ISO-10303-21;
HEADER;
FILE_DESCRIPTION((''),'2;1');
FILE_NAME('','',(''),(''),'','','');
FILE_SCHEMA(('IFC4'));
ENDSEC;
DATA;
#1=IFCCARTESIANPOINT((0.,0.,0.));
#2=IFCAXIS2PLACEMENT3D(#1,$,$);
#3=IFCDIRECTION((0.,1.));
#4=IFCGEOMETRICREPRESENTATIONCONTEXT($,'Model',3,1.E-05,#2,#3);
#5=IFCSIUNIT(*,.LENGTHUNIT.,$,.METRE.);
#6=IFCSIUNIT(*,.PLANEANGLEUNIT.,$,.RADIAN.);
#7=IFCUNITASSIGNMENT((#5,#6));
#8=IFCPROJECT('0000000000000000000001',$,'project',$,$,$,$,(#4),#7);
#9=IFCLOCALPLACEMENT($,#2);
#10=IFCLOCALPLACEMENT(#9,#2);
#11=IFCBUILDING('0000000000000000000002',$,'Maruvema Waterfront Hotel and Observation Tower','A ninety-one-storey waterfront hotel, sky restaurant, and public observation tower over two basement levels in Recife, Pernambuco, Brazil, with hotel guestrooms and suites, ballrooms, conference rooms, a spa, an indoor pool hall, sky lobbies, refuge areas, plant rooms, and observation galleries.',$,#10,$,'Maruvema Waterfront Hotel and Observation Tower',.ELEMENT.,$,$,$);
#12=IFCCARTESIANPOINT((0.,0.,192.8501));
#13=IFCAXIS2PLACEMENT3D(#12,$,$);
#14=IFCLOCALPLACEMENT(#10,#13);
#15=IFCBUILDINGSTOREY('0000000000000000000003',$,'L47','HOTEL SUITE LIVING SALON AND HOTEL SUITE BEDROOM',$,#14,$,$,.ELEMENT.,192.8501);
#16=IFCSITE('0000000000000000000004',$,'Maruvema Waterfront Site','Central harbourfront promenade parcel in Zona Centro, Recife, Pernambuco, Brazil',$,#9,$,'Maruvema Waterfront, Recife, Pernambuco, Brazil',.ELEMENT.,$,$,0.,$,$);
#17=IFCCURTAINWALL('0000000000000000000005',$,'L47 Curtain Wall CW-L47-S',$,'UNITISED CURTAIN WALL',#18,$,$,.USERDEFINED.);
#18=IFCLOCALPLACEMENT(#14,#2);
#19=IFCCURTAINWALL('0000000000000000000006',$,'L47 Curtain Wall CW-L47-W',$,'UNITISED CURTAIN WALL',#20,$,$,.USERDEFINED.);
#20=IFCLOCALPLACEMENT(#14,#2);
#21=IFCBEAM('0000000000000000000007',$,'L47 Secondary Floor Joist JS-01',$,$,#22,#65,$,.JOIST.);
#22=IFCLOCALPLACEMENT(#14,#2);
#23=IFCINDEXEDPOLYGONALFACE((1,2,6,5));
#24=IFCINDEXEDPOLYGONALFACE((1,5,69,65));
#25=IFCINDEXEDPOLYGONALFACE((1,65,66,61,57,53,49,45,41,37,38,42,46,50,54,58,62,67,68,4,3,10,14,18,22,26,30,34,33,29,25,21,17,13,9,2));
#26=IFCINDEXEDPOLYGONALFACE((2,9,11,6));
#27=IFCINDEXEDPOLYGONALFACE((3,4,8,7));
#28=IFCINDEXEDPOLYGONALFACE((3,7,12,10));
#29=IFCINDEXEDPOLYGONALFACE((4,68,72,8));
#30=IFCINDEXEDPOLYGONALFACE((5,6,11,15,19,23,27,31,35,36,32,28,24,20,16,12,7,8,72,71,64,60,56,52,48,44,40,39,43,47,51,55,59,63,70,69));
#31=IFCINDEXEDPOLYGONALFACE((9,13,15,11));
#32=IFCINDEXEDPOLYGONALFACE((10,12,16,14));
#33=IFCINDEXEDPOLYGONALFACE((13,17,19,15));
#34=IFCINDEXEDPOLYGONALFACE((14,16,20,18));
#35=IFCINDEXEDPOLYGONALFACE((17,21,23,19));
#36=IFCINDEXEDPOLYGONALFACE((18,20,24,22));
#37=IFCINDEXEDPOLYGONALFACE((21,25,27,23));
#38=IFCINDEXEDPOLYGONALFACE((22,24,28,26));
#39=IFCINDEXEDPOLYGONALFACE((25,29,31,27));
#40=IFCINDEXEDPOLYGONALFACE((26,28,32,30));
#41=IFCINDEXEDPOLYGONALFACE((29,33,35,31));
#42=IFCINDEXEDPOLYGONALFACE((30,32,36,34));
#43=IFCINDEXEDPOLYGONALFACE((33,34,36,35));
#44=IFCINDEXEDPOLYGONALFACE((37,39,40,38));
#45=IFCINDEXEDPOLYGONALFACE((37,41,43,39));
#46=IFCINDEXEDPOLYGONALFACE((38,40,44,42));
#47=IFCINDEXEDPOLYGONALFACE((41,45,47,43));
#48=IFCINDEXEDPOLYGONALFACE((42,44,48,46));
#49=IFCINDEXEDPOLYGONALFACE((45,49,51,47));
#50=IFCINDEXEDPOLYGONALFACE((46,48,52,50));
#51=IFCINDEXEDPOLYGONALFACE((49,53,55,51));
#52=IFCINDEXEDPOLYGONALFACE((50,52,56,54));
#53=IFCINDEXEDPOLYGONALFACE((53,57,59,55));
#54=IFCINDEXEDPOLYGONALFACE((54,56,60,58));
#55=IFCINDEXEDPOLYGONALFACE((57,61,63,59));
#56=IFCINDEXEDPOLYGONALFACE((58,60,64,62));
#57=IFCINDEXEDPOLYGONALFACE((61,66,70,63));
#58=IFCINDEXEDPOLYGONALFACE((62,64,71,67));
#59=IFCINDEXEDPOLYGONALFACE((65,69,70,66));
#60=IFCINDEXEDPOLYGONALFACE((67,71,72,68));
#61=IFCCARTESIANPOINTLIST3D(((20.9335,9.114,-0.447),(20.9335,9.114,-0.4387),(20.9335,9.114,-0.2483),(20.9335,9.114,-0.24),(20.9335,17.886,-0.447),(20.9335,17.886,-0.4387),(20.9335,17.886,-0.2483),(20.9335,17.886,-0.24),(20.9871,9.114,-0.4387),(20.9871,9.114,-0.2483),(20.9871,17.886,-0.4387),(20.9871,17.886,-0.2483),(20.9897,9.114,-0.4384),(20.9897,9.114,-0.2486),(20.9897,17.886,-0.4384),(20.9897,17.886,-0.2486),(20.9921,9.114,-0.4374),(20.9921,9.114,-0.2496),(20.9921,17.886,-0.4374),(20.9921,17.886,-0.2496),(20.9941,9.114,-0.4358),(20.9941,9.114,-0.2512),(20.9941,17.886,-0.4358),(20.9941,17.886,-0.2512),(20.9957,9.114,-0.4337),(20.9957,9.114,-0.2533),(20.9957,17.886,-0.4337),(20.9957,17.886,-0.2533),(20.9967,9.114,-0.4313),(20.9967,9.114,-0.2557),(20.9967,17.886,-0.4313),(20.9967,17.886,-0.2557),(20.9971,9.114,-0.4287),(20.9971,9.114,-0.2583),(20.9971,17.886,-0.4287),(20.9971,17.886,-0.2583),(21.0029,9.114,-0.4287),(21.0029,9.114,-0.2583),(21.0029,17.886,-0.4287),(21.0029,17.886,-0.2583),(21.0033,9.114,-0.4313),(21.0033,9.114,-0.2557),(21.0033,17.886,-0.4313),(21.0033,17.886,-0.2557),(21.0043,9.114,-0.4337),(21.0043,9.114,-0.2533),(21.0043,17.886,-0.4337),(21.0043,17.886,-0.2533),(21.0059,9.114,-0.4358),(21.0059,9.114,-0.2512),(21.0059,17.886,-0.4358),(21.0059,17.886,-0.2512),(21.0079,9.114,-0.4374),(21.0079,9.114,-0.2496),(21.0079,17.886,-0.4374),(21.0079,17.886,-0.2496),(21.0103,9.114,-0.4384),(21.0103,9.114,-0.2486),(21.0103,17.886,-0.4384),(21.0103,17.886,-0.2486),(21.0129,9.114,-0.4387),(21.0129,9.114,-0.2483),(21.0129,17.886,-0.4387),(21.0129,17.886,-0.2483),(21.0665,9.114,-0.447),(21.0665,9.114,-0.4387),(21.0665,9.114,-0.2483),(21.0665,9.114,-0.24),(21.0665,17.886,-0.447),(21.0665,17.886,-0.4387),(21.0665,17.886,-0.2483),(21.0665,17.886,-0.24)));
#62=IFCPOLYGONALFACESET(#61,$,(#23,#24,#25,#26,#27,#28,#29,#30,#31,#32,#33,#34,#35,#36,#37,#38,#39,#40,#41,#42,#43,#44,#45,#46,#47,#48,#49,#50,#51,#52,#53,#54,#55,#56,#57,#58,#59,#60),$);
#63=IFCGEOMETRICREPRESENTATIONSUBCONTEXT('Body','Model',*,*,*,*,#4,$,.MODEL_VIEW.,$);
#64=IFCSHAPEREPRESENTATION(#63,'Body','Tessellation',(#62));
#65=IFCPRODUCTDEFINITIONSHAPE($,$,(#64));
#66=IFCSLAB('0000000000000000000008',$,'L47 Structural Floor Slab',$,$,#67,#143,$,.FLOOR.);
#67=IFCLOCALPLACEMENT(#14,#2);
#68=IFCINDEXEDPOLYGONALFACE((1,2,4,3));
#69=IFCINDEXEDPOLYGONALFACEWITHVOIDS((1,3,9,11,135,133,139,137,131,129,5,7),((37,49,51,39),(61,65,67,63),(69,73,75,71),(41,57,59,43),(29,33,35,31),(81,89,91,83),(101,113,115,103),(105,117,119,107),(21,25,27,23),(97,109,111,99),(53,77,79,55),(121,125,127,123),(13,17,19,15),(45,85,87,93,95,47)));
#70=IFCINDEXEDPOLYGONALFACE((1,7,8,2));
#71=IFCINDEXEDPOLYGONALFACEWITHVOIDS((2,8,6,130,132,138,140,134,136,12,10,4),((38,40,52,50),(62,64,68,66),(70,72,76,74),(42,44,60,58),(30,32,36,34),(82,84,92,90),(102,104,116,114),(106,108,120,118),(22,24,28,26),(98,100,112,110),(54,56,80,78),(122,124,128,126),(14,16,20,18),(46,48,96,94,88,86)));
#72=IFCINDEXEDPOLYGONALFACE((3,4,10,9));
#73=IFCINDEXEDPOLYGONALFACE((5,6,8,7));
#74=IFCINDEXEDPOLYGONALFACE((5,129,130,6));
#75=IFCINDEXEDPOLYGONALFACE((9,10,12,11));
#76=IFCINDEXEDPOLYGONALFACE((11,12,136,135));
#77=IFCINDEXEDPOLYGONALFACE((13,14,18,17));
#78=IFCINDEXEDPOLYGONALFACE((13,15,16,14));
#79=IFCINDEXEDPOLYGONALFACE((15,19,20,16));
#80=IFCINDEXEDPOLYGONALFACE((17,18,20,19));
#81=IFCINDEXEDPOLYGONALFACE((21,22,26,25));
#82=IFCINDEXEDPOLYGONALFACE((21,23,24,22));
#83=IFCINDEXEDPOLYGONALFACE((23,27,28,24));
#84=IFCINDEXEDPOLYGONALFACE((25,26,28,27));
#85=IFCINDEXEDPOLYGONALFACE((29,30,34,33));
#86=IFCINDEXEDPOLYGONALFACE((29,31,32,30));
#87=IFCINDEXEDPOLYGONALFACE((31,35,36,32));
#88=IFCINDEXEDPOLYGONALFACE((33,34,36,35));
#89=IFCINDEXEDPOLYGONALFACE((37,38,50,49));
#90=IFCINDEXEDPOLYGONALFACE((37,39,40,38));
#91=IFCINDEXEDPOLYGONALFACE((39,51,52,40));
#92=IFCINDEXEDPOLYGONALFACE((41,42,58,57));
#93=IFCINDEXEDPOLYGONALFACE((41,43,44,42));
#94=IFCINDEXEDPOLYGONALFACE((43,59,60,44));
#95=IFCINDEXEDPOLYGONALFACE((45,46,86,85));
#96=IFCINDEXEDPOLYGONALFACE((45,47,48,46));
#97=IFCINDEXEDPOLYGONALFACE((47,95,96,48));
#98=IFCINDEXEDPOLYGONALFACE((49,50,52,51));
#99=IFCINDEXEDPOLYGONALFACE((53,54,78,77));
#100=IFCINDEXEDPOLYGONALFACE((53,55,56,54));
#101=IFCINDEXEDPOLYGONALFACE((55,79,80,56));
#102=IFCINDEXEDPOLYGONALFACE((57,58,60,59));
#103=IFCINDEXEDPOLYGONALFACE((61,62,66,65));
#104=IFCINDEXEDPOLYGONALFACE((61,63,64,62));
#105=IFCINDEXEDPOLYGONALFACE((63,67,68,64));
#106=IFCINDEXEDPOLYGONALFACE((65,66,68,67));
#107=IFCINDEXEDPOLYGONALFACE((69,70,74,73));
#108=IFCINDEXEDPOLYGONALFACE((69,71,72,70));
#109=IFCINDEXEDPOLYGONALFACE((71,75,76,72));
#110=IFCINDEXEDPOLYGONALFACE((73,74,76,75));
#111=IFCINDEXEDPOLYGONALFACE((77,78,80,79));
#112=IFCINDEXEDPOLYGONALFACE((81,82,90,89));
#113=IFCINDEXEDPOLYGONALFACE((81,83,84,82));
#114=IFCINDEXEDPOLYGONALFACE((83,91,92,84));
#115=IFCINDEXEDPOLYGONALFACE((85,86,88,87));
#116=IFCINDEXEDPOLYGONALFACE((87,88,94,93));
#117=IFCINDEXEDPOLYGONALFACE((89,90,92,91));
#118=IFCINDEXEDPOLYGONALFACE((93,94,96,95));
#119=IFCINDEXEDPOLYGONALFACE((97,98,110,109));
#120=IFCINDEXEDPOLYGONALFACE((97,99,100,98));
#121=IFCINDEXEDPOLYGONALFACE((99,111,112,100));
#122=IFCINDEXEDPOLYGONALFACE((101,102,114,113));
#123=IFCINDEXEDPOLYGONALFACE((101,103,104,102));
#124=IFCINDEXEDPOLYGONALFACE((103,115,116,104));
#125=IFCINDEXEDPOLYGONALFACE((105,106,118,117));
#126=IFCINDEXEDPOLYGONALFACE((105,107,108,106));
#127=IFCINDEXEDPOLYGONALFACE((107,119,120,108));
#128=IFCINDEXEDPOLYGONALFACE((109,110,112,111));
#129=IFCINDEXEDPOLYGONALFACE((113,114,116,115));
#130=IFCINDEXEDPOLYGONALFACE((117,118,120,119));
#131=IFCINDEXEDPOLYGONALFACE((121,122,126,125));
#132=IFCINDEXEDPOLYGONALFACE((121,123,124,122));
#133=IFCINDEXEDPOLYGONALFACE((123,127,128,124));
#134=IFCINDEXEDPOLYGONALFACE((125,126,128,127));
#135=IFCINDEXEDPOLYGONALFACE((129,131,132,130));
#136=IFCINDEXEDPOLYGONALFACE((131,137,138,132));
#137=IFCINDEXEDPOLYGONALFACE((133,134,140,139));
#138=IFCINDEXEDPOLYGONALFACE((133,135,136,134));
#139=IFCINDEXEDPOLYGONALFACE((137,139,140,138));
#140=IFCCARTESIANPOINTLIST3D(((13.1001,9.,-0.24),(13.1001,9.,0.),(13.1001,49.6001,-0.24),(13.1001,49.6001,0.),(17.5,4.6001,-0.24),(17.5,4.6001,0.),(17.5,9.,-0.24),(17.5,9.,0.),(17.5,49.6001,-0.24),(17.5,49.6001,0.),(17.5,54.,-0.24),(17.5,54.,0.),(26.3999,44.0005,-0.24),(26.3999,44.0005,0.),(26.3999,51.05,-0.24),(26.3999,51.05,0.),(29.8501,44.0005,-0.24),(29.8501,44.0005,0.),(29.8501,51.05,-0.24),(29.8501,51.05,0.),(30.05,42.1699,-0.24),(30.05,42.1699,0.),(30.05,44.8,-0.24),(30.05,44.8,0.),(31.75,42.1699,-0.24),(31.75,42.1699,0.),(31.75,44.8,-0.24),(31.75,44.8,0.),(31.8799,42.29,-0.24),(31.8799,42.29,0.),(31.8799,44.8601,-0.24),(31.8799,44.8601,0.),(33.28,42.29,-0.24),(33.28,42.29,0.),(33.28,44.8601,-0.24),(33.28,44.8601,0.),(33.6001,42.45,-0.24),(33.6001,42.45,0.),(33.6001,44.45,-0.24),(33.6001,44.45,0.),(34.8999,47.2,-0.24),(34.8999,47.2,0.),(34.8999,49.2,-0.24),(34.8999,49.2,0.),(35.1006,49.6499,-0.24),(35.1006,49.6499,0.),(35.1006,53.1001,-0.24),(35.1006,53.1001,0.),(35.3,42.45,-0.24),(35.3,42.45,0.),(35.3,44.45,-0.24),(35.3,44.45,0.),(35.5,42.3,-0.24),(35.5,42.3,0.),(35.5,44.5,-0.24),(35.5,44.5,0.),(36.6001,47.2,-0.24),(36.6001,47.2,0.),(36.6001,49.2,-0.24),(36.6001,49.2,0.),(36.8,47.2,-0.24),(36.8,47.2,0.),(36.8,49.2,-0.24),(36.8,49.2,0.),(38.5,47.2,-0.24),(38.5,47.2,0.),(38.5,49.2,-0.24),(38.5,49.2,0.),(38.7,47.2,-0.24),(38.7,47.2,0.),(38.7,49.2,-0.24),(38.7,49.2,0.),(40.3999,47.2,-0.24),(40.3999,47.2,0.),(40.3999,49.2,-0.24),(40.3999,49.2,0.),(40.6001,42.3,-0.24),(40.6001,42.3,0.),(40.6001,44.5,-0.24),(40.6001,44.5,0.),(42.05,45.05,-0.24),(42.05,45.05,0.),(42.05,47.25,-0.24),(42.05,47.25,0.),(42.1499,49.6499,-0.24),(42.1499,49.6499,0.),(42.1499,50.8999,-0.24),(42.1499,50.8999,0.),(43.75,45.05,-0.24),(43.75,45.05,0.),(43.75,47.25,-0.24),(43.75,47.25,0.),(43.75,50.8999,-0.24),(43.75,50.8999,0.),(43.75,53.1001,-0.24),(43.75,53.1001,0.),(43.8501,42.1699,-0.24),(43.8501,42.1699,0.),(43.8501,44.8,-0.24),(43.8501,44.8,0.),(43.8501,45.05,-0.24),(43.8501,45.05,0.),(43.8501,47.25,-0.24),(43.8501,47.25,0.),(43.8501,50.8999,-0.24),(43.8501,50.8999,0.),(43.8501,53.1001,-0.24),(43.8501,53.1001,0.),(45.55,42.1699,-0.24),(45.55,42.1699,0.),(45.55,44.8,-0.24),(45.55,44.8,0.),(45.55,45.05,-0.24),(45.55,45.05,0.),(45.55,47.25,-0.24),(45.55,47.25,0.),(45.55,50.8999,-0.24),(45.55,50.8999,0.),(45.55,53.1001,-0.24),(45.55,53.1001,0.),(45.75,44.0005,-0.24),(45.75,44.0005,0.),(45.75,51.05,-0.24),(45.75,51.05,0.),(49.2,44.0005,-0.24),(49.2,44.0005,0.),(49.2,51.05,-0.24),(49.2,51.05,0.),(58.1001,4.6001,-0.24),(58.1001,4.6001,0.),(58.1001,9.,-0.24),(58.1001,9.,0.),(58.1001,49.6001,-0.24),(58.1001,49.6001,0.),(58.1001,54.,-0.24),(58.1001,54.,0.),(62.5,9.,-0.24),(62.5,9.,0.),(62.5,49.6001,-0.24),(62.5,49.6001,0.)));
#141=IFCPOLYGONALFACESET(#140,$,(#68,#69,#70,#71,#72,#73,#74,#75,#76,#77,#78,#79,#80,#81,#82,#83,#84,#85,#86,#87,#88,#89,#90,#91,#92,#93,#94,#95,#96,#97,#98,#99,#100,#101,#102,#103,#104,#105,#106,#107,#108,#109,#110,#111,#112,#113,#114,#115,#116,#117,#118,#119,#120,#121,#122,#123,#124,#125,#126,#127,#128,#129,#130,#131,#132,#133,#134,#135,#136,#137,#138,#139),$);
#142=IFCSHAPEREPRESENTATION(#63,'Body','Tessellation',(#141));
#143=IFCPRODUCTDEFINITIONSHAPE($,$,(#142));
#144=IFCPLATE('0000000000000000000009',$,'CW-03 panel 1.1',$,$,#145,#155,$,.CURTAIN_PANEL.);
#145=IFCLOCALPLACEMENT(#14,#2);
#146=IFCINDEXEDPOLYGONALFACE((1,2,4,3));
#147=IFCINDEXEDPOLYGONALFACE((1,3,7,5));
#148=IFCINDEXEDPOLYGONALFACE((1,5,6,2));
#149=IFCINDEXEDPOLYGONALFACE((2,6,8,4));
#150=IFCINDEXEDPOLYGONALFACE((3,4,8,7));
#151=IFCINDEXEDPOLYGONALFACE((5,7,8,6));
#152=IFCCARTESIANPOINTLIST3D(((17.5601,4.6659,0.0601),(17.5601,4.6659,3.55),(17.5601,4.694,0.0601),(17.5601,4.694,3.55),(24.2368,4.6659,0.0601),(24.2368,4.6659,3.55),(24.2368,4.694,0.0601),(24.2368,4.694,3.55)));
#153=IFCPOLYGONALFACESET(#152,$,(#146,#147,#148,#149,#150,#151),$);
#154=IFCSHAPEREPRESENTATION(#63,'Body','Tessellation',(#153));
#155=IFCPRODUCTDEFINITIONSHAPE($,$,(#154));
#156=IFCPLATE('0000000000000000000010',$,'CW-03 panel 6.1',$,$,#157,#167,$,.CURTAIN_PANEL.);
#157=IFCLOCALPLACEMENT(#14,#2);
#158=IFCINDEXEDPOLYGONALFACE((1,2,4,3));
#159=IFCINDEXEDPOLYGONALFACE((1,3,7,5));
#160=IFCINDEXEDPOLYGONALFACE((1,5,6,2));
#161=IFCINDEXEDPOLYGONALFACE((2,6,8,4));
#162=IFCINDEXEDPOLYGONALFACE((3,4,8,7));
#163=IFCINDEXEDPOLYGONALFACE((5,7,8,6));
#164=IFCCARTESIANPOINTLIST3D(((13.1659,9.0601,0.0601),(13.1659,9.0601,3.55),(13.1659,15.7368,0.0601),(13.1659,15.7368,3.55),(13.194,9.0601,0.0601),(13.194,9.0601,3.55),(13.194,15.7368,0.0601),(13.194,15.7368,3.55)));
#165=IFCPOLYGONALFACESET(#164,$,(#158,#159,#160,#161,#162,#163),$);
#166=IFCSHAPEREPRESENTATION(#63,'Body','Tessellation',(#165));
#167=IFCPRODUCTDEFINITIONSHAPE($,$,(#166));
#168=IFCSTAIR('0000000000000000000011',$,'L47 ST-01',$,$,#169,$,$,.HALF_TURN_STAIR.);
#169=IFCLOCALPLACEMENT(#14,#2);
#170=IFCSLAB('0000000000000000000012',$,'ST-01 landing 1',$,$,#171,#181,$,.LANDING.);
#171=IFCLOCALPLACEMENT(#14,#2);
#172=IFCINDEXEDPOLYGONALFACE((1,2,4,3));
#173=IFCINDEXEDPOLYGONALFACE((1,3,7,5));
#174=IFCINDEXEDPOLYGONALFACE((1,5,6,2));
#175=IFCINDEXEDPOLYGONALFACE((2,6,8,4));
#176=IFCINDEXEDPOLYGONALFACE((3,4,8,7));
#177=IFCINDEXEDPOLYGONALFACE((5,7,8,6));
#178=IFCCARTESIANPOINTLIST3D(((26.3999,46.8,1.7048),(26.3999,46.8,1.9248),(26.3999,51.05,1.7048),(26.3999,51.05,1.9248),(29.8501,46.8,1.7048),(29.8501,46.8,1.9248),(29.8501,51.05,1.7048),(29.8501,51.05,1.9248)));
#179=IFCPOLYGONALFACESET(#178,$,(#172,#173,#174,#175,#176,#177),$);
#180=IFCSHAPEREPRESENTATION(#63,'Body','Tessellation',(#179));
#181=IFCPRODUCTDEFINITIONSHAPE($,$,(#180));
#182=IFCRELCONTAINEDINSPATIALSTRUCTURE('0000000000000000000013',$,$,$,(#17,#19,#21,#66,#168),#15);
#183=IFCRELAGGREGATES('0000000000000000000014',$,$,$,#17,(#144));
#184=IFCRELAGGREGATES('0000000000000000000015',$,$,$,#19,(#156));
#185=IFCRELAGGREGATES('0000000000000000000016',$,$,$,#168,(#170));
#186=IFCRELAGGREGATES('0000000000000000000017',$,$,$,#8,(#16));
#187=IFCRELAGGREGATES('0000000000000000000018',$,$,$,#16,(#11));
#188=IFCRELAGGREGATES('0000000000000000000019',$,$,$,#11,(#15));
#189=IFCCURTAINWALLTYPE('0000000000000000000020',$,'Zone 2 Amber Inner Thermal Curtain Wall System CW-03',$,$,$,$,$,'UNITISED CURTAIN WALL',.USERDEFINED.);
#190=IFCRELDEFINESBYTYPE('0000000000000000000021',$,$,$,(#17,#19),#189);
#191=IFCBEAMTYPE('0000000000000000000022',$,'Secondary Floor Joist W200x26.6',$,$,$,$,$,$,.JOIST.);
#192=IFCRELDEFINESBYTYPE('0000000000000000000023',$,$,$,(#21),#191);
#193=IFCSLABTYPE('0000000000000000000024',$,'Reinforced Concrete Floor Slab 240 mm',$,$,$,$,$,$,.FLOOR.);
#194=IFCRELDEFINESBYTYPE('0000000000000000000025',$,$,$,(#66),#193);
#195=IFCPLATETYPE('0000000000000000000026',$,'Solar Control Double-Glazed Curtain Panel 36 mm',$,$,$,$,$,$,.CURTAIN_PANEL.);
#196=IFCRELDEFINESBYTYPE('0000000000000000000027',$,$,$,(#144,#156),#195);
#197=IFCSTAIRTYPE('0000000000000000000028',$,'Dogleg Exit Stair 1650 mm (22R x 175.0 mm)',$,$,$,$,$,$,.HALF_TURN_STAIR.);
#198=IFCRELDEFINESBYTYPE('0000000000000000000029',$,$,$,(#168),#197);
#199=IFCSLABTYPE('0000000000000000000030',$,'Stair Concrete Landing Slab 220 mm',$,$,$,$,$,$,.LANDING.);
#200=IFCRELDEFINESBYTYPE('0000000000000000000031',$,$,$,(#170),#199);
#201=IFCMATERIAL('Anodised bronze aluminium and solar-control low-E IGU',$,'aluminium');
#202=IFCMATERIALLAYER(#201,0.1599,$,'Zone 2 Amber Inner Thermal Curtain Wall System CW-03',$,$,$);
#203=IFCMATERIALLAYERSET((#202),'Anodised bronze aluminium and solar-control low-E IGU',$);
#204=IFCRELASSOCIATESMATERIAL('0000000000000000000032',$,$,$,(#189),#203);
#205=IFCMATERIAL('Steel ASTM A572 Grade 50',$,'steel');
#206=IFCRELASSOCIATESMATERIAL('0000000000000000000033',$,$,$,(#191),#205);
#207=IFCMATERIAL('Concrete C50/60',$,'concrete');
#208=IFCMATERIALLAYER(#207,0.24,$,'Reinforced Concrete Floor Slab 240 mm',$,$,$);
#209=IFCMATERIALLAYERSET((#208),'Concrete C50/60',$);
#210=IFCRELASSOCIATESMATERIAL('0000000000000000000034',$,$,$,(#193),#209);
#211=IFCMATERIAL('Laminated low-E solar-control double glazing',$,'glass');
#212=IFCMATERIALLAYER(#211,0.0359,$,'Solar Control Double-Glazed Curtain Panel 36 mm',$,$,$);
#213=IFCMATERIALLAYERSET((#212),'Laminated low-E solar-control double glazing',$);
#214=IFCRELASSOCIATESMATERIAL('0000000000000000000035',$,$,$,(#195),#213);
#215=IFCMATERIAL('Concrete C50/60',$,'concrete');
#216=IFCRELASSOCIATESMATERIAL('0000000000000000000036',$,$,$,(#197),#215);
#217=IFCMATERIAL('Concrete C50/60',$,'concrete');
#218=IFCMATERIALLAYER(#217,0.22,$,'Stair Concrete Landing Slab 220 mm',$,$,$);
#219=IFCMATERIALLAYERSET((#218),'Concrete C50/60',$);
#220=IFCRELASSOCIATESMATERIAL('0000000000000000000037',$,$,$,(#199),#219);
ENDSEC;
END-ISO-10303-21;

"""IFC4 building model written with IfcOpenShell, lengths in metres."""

from ifc_helpers import new_model, si_unit, direction, frame, origin, origin_2d, place, context, subcontext, project, spatial, polyline, rectangle, i_section, outline, extrude, material, layer, layer_set, material_profile, profile_set, type_object, element, aggregate, save


model = new_model("IFC4")

# Units and contexts
model_context = context("Model", 3, precision=1e-05, world=origin(), true_north=direction((0.0, 1.0)))
body_context = subcontext(model_context, "Body", "Model", "MODEL_VIEW")
ifc_project = project(units=[si_unit("LENGTHUNIT", "METRE"), si_unit("PLANEANGLEUNIT", "RADIAN")], contexts=[model_context])

# Site, building, storey
site_placement = place(None, origin())
site = spatial("IfcSite", under=ifc_project, at=site_placement, Name="Maruvema Waterfront Site", Description="Central harbourfront promenade parcel in Zona Centro, Recife, Pernambuco, Brazil", LongName="Maruvema Waterfront, Recife, Pernambuco, Brazil", CompositionType="ELEMENT", RefElevation=0.0)
building_placement = place(site_placement, origin())
building = spatial("IfcBuilding", under=site, at=building_placement, Name="Maruvema Waterfront Hotel and Observation Tower", Description="A ninety-one-storey waterfront hotel, sky restaurant, and public observation tower over two basement levels in Recife, Pernambuco, Brazil, with hotel guestrooms and suites, ballrooms, conference rooms, a spa, an indoor pool hall, sky lobbies, refuge areas, plant rooms, and observation galleries.", LongName="Maruvema Waterfront Hotel and Observation Tower", CompositionType="ELEMENT")
storey_placement = place(building_placement, frame((0.0, 0.0, 192.8501)))
storey = spatial("IfcBuildingStorey", under=building, at=storey_placement, Name="L47", Description="HOTEL SUITE LIVING SALON AND HOTEL SUITE BEDROOM", CompositionType="ELEMENT", Elevation=192.8501)

# Curtain walls
ifc_material_1 = material(Name="Anodised bronze aluminium and solar-control low-E IGU", Category="aluminium")
ifc_layer_1 = layer(ifc_material_1, 0.1599, Name="Zone 2 Amber Inner Thermal Curtain Wall System CW-03")
ifc_layer_set_1 = layer_set([ifc_layer_1], Name="Anodised bronze aluminium and solar-control low-E IGU")
curtain_wall_type = type_object("IfcCurtainWallType", Name="Zone 2 Amber Inner Thermal Curtain Wall System CW-03", ElementType="UNITISED CURTAIN WALL", PredefinedType="USERDEFINED", material=ifc_layer_set_1)
curtain_wall_1_placement = place(storey_placement, origin())
curtain_wall_1 = element("IfcCurtainWall", 1, at=curtain_wall_1_placement, inside=storey, type_object=curtain_wall_type, Name="L47 Curtain Wall CW-L47-S", ObjectType="UNITISED CURTAIN WALL", PredefinedType="USERDEFINED")
curtain_wall_2_placement = place(storey_placement, origin())
curtain_wall_2 = element("IfcCurtainWall", 2, at=curtain_wall_2_placement, inside=storey, type_object=curtain_wall_type, Name="L47 Curtain Wall CW-L47-W", ObjectType="UNITISED CURTAIN WALL", PredefinedType="USERDEFINED")

# Beam
ifc_material_2 = material(Name="Steel ASTM A572 Grade 50", Category="steel")
ifc_material_profile_1 = material_profile(ifc_material_2, i_section(OverallWidth=0.1331, OverallDepth=0.207, WebThickness=0.0059, FlangeThickness=0.0083, FilletRadius=0.01, at=origin_2d()), Name="W200x26.6")
ifc_profile_set_1 = profile_set([ifc_material_profile_1], Name="Steel ASTM A572 Grade 50")
beam_type_1 = type_object("IfcBeamType", Name="Secondary Floor Joist W200x26.6", PredefinedType="JOIST", material=ifc_profile_set_1)
beam_1_placement = place(storey_placement, frame((21.0, 9.114, -0.3435), z_axis=(0.0, 1.0, 0.0), x_axis=(-1.0, 0.0, 0.0)))
element("IfcBeam", 3, at=beam_1_placement, inside=storey, type_object=beam_type_1, Name="L47 Secondary Floor Joist JS-01", PredefinedType="JOIST", context=body_context, shape_type="SweptSolid", body=[
    extrude(i_section(OverallWidth=0.1331, OverallDepth=0.207, WebThickness=0.0059, FlangeThickness=0.0083, FilletRadius=0.01, at=origin_2d()), origin(), (0.0, 0.0, 1.0), 8.772),
])

# Slab
ifc_material_3 = material(Name="Concrete C50/60", Category="concrete")
ifc_layer_2 = layer(ifc_material_3, 0.24, Name="Reinforced Concrete Floor Slab 240 mm")
ifc_layer_set_2 = layer_set([ifc_layer_2], Name="Concrete C50/60")
slab_type_1 = type_object("IfcSlabType", Name="Reinforced Concrete Floor Slab 240 mm", PredefinedType="FLOOR", material=ifc_layer_set_2)
slab_1_placement = place(storey_placement, frame((0.0, 0.0, -0.24)))
element("IfcSlab", 4, at=slab_1_placement, inside=storey, type_object=slab_type_1, Name="L47 Structural Floor Slab", PredefinedType="FLOOR", context=body_context, shape_type="SweptSolid", body=[
    extrude(outline(polyline([(17.5, 4.6001), (58.1001, 4.6001), (58.1001, 9.0), (62.5, 9.0), (62.5, 49.6001), (58.1001, 49.6001), (58.1001, 54.0), (17.5, 54.0), (17.5, 49.6001), (13.1001, 49.6001), (13.1001, 9.0), (17.5, 9.0), (17.5, 4.6001)]), holes=[polyline([(26.3999, 44.0005), (26.3999, 51.05), (29.8501, 51.05), (29.8501, 44.0005), (26.3999, 44.0005)]), polyline([(30.05, 44.8), (31.75, 44.8), (31.75, 42.1699), (30.05, 42.1699), (30.05, 44.8)]), polyline([(31.8799, 44.8601), (33.28, 44.8601), (33.28, 42.29), (31.8799, 42.29), (31.8799, 44.8601)]), polyline([(33.6001, 44.45), (35.3, 44.45), (35.3, 42.45), (33.6001, 42.45), (33.6001, 44.45)]), polyline([(34.8999, 49.2), (36.6001, 49.2), (36.6001, 47.2), (34.8999, 47.2), (34.8999, 49.2)]), polyline([(36.8, 49.2), (38.5, 49.2), (38.5, 47.2), (36.8, 47.2), (36.8, 49.2)]), polyline([(35.5, 42.3), (35.5, 44.5), (40.6001, 44.5), (40.6001, 42.3), (35.5, 42.3)]), polyline([(35.1006, 53.1001), (43.75, 53.1001), (43.75, 50.8999), (42.1499, 50.8999), (42.1499, 49.6499), (35.1006, 49.6499), (35.1006, 53.1001)]), polyline([(38.7, 49.2), (40.3999, 49.2), (40.3999, 47.2), (38.7, 47.2), (38.7, 49.2)]), polyline([(42.05, 47.25), (43.75, 47.25), (43.75, 45.05), (42.05, 45.05), (42.05, 47.25)]), polyline([(43.8501, 44.8), (45.55, 44.8), (45.55, 42.1699), (43.8501, 42.1699), (43.8501, 44.8)]), polyline([(43.8501, 47.25), (45.55, 47.25), (45.55, 45.05), (43.8501, 45.05), (43.8501, 47.25)]), polyline([(45.55, 53.1001), (45.55, 50.8999), (43.8501, 50.8999), (43.8501, 53.1001), (45.55, 53.1001)]), polyline([(45.75, 44.0005), (45.75, 51.05), (49.2, 51.05), (49.2, 44.0005), (45.75, 44.0005)])]), origin(), (0.0, 0.0, 1.0), 0.24),
])

# Plates
ifc_material_4 = material(Name="Laminated low-E solar-control double glazing", Category="glass")
ifc_layer_3 = layer(ifc_material_4, 0.0359, Name="Solar Control Double-Glazed Curtain Panel 36 mm")
ifc_layer_set_3 = layer_set([ifc_layer_3], Name="Laminated low-E solar-control double glazing")
plate_type = type_object("IfcPlateType", Name="Solar Control Double-Glazed Curtain Panel 36 mm", PredefinedType="CURTAIN_PANEL", material=ifc_layer_set_3)
plate_1_placement = place(storey_placement, frame((20.8984, 4.6799, 0.0601), z_axis=(0.0, 0.0, 1.0), x_axis=(1.0, 0.0, 0.0)))
plate_1 = element("IfcPlate", 5, at=plate_1_placement, type_object=plate_type, Name="CW-03 panel 1.1", PredefinedType="CURTAIN_PANEL", context=body_context, shape_type="SweptSolid", body=[
    extrude(rectangle(XDim=6.6768, YDim=0.0281, at=origin_2d()), origin(), (0.0, 0.0, 1.0), 3.49),
])
aggregate(curtain_wall_1, [plate_1])
plate_2_placement = place(storey_placement, frame((13.1799, 12.3984, 0.0601), z_axis=(0.0, 0.0, 1.0), x_axis=(0.0, -1.0, 0.0)))
plate_2 = element("IfcPlate", 6, at=plate_2_placement, type_object=plate_type, Name="CW-03 panel 6.1", PredefinedType="CURTAIN_PANEL", context=body_context, shape_type="SweptSolid", body=[
    extrude(rectangle(XDim=6.6768, YDim=0.0281, at=origin_2d()), origin(), (0.0, 0.0, 1.0), 3.49),
])
aggregate(curtain_wall_2, [plate_2])

# Stair, slab
ifc_material_5 = material(Name="Concrete C50/60", Category="concrete")
stair_type = type_object("IfcStairType", Name="Dogleg Exit Stair 1650 mm (22R x 175.0 mm)", PredefinedType="HALF_TURN_STAIR", material=ifc_material_5)
stair_1_placement = place(storey_placement, origin())
stair_1 = element("IfcStair", 7, at=stair_1_placement, inside=storey, type_object=stair_type, Name="L47 ST-01", PredefinedType="HALF_TURN_STAIR")
ifc_material_6 = material(Name="Concrete C50/60", Category="concrete")
ifc_layer_4 = layer(ifc_material_6, 0.22, Name="Stair Concrete Landing Slab 220 mm")
ifc_layer_set_4 = layer_set([ifc_layer_4], Name="Concrete C50/60")
slab_type_2 = type_object("IfcSlabType", Name="Stair Concrete Landing Slab 220 mm", PredefinedType="LANDING", material=ifc_layer_set_4)
slab_2_placement = place(storey_placement, frame((0.0, 0.0, 1.7048)))
slab_2 = element("IfcSlab", 8, at=slab_2_placement, type_object=slab_type_2, Name="ST-01 landing 1", PredefinedType="LANDING", context=body_context, shape_type="SweptSolid", body=[
    extrude(outline(polyline([(29.8501, 46.8), (29.8501, 51.05), (26.3999, 51.05), (26.3999, 46.8), (29.8501, 46.8)])), origin(), (0.0, 0.0, 1.0), 0.22),
])
aggregate(stair_1, [slab_2])

save(model, "model.ifc")
